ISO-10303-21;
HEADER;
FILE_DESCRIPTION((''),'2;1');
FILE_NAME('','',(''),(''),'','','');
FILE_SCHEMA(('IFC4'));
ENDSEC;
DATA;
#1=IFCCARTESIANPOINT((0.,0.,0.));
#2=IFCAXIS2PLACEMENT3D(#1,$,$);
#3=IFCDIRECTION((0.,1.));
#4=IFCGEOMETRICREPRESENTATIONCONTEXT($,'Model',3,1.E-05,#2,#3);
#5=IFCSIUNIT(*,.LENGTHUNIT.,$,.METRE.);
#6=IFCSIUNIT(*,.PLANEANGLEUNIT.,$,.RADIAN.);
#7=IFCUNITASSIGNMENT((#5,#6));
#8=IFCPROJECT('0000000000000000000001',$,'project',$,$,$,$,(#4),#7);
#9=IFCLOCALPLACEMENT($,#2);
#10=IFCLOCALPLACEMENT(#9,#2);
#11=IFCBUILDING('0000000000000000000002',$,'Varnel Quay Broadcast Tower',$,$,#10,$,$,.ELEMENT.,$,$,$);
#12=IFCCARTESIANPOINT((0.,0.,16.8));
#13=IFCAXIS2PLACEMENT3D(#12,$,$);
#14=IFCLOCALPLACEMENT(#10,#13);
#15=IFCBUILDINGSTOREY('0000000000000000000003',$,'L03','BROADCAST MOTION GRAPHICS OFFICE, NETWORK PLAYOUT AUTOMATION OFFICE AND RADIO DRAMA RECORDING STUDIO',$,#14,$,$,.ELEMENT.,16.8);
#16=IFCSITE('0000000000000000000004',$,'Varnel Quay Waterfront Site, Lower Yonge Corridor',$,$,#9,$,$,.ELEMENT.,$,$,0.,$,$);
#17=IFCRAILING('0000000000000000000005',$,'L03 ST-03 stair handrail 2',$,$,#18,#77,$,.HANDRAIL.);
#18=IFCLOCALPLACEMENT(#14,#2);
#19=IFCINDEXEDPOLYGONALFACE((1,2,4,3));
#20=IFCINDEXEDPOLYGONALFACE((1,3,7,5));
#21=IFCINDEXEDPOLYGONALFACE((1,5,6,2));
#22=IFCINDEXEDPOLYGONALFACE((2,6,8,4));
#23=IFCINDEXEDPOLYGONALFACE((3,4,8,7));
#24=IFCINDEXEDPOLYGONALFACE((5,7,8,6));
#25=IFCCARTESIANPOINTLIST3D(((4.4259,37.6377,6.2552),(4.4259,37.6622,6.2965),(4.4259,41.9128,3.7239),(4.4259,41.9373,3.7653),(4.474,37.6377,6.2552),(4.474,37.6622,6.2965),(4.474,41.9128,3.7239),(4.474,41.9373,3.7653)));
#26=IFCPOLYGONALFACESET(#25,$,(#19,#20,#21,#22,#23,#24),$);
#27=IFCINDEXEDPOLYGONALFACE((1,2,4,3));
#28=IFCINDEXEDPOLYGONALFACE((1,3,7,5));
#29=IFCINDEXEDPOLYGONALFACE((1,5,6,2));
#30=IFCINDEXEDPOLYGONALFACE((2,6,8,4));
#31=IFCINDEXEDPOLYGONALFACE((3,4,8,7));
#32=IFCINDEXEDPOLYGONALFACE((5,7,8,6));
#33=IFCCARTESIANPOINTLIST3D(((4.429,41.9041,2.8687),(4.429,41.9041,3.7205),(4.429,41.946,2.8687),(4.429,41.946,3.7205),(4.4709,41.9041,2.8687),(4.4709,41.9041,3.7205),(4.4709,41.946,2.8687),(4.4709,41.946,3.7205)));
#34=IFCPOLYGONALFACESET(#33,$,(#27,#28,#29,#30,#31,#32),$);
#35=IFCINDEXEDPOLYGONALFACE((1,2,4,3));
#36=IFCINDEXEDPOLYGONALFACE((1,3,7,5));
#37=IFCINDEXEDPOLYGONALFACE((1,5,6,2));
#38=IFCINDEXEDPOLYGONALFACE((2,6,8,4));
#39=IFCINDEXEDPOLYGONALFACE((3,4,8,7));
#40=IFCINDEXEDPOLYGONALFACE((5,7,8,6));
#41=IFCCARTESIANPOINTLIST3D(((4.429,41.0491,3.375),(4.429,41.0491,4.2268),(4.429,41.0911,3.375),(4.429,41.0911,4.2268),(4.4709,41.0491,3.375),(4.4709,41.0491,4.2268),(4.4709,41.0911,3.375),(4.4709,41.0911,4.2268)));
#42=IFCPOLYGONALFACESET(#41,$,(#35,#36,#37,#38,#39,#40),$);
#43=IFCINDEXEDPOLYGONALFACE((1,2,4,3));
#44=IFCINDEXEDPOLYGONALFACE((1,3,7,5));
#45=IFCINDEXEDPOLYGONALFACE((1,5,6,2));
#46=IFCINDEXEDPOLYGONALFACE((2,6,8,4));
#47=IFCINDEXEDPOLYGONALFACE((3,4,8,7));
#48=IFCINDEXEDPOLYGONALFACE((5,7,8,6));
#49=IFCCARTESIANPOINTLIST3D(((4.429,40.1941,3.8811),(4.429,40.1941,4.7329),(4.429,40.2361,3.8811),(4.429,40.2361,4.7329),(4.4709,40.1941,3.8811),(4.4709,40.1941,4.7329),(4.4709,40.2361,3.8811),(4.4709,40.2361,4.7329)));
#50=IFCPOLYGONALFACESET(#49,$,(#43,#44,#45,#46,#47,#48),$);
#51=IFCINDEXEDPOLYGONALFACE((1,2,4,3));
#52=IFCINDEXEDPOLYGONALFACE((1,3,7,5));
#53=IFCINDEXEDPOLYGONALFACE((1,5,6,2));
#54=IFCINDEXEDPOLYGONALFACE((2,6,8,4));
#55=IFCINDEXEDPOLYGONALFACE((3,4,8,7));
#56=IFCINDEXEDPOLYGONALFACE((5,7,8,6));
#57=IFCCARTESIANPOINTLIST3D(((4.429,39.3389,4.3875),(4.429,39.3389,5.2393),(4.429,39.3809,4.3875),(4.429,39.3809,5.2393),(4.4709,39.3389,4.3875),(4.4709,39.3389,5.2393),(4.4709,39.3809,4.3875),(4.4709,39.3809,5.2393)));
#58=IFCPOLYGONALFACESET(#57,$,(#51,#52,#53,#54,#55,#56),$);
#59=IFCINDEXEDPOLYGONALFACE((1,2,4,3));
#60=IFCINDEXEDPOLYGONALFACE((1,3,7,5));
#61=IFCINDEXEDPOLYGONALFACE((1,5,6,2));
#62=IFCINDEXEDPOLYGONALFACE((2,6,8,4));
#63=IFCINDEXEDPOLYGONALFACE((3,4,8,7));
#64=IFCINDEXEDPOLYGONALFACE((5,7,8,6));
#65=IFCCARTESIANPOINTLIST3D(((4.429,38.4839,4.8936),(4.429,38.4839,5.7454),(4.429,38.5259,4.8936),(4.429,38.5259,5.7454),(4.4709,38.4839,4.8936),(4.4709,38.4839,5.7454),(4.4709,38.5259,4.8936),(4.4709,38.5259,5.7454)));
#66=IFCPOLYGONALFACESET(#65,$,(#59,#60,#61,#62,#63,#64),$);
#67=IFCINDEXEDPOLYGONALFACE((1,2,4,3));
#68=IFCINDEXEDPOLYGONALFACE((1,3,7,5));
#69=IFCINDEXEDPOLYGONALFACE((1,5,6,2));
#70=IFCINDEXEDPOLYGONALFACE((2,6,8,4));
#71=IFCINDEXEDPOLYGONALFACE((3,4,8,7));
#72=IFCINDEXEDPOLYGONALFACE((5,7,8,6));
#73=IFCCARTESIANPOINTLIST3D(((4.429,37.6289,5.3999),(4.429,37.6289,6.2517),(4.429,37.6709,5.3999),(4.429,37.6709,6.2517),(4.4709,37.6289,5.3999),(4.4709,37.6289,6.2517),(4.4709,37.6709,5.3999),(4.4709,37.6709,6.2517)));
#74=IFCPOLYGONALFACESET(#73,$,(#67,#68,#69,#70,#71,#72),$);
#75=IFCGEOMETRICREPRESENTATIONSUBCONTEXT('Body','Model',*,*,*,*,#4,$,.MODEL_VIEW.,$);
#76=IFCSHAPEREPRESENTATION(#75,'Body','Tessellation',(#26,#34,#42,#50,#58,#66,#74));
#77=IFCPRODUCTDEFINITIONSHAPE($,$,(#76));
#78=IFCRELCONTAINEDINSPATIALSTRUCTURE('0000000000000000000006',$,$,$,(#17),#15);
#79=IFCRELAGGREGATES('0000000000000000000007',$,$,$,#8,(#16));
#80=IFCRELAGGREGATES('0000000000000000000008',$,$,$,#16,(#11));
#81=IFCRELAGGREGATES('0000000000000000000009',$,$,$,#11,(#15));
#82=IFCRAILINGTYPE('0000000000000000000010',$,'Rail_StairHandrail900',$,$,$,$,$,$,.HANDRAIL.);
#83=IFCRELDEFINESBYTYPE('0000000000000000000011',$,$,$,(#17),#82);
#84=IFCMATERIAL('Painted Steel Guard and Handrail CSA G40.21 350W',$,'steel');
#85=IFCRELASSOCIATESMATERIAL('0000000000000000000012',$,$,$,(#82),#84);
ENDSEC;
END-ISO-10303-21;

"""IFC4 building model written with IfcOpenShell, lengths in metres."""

from ifc_helpers import new_model, si_unit, direction, frame, origin, origin_2d, place, context, subcontext, project, spatial, rectangle, extrude, material, type_object, element, save


model = new_model("IFC4")

# Units and contexts
model_context = context("Model", 3, precision=1e-05, world=origin(), true_north=direction((0.0, 1.0)))
body_context = subcontext(model_context, "Body", "Model", "MODEL_VIEW")
ifc_project = project(units=[si_unit("LENGTHUNIT", "METRE"), si_unit("PLANEANGLEUNIT", "RADIAN")], contexts=[model_context])

# Site, building, storey
site_placement = place(None, origin())
site = spatial("IfcSite", under=ifc_project, at=site_placement, Name="Varnel Quay Waterfront Site, Lower Yonge Corridor", CompositionType="ELEMENT", RefElevation=0.0)
building_placement = place(site_placement, origin())
building = spatial("IfcBuilding", under=site, at=building_placement, Name="Varnel Quay Broadcast Tower", CompositionType="ELEMENT")
storey_placement = place(building_placement, frame((0.0, 0.0, 16.8)))
storey = spatial("IfcBuildingStorey", under=building, at=storey_placement, Name="L03", Description="BROADCAST MOTION GRAPHICS OFFICE, NETWORK PLAYOUT AUTOMATION OFFICE AND RADIO DRAMA RECORDING STUDIO", CompositionType="ELEMENT", Elevation=16.8)

# Railing
ifc_material_1 = material(Name="Painted Steel Guard and Handrail CSA G40.21 350W", Category="steel")
railing_type_1 = type_object("IfcRailingType", Name="Rail_StairHandrail900", PredefinedType="HANDRAIL", material=ifc_material_1)
railing_1_placement = place(storey_placement, frame((4.45, 41.925, 2.8687)))
element("IfcRailing", 1, at=railing_1_placement, inside=storey, type_object=railing_type_1, Name="L03 ST-03 stair handrail 2", PredefinedType="HANDRAIL", context=body_context, shape_type="SweptSolid", body=[
    extrude(rectangle(XDim=0.0481, YDim=0.0481, at=origin_2d()), frame((0.0, 0.0, 0.876), z_axis=(0.0, -0.860483, 0.509479), x_axis=(1.0, 0.0, 0.0)), (0.0, 0.0, 1.0), 4.9683),
    extrude(rectangle(XDim=0.042, YDim=0.042, at=origin_2d()), origin(), (0.0, 0.0, 1.0), 0.8518),
    extrude(rectangle(XDim=0.042, YDim=0.042, at=origin_2d()), frame((0.0, -0.855, 0.5063)), (0.0, 0.0, 1.0), 0.8518),
    extrude(rectangle(XDim=0.042, YDim=0.042, at=origin_2d()), frame((0.0, -1.71, 1.0125)), (0.0, 0.0, 1.0), 0.8518),
    extrude(rectangle(XDim=0.042, YDim=0.042, at=origin_2d()), frame((0.0, -2.5652, 1.5188)), (0.0, 0.0, 1.0), 0.8518),
    extrude(rectangle(XDim=0.042, YDim=0.042, at=origin_2d()), frame((0.0, -3.4202, 2.0249)), (0.0, 0.0, 1.0), 0.8518),
    extrude(rectangle(XDim=0.042, YDim=0.042, at=origin_2d()), frame((0.0, -4.2751, 2.5312)), (0.0, 0.0, 1.0), 0.8518),
])

save(model, "model.ifc")
